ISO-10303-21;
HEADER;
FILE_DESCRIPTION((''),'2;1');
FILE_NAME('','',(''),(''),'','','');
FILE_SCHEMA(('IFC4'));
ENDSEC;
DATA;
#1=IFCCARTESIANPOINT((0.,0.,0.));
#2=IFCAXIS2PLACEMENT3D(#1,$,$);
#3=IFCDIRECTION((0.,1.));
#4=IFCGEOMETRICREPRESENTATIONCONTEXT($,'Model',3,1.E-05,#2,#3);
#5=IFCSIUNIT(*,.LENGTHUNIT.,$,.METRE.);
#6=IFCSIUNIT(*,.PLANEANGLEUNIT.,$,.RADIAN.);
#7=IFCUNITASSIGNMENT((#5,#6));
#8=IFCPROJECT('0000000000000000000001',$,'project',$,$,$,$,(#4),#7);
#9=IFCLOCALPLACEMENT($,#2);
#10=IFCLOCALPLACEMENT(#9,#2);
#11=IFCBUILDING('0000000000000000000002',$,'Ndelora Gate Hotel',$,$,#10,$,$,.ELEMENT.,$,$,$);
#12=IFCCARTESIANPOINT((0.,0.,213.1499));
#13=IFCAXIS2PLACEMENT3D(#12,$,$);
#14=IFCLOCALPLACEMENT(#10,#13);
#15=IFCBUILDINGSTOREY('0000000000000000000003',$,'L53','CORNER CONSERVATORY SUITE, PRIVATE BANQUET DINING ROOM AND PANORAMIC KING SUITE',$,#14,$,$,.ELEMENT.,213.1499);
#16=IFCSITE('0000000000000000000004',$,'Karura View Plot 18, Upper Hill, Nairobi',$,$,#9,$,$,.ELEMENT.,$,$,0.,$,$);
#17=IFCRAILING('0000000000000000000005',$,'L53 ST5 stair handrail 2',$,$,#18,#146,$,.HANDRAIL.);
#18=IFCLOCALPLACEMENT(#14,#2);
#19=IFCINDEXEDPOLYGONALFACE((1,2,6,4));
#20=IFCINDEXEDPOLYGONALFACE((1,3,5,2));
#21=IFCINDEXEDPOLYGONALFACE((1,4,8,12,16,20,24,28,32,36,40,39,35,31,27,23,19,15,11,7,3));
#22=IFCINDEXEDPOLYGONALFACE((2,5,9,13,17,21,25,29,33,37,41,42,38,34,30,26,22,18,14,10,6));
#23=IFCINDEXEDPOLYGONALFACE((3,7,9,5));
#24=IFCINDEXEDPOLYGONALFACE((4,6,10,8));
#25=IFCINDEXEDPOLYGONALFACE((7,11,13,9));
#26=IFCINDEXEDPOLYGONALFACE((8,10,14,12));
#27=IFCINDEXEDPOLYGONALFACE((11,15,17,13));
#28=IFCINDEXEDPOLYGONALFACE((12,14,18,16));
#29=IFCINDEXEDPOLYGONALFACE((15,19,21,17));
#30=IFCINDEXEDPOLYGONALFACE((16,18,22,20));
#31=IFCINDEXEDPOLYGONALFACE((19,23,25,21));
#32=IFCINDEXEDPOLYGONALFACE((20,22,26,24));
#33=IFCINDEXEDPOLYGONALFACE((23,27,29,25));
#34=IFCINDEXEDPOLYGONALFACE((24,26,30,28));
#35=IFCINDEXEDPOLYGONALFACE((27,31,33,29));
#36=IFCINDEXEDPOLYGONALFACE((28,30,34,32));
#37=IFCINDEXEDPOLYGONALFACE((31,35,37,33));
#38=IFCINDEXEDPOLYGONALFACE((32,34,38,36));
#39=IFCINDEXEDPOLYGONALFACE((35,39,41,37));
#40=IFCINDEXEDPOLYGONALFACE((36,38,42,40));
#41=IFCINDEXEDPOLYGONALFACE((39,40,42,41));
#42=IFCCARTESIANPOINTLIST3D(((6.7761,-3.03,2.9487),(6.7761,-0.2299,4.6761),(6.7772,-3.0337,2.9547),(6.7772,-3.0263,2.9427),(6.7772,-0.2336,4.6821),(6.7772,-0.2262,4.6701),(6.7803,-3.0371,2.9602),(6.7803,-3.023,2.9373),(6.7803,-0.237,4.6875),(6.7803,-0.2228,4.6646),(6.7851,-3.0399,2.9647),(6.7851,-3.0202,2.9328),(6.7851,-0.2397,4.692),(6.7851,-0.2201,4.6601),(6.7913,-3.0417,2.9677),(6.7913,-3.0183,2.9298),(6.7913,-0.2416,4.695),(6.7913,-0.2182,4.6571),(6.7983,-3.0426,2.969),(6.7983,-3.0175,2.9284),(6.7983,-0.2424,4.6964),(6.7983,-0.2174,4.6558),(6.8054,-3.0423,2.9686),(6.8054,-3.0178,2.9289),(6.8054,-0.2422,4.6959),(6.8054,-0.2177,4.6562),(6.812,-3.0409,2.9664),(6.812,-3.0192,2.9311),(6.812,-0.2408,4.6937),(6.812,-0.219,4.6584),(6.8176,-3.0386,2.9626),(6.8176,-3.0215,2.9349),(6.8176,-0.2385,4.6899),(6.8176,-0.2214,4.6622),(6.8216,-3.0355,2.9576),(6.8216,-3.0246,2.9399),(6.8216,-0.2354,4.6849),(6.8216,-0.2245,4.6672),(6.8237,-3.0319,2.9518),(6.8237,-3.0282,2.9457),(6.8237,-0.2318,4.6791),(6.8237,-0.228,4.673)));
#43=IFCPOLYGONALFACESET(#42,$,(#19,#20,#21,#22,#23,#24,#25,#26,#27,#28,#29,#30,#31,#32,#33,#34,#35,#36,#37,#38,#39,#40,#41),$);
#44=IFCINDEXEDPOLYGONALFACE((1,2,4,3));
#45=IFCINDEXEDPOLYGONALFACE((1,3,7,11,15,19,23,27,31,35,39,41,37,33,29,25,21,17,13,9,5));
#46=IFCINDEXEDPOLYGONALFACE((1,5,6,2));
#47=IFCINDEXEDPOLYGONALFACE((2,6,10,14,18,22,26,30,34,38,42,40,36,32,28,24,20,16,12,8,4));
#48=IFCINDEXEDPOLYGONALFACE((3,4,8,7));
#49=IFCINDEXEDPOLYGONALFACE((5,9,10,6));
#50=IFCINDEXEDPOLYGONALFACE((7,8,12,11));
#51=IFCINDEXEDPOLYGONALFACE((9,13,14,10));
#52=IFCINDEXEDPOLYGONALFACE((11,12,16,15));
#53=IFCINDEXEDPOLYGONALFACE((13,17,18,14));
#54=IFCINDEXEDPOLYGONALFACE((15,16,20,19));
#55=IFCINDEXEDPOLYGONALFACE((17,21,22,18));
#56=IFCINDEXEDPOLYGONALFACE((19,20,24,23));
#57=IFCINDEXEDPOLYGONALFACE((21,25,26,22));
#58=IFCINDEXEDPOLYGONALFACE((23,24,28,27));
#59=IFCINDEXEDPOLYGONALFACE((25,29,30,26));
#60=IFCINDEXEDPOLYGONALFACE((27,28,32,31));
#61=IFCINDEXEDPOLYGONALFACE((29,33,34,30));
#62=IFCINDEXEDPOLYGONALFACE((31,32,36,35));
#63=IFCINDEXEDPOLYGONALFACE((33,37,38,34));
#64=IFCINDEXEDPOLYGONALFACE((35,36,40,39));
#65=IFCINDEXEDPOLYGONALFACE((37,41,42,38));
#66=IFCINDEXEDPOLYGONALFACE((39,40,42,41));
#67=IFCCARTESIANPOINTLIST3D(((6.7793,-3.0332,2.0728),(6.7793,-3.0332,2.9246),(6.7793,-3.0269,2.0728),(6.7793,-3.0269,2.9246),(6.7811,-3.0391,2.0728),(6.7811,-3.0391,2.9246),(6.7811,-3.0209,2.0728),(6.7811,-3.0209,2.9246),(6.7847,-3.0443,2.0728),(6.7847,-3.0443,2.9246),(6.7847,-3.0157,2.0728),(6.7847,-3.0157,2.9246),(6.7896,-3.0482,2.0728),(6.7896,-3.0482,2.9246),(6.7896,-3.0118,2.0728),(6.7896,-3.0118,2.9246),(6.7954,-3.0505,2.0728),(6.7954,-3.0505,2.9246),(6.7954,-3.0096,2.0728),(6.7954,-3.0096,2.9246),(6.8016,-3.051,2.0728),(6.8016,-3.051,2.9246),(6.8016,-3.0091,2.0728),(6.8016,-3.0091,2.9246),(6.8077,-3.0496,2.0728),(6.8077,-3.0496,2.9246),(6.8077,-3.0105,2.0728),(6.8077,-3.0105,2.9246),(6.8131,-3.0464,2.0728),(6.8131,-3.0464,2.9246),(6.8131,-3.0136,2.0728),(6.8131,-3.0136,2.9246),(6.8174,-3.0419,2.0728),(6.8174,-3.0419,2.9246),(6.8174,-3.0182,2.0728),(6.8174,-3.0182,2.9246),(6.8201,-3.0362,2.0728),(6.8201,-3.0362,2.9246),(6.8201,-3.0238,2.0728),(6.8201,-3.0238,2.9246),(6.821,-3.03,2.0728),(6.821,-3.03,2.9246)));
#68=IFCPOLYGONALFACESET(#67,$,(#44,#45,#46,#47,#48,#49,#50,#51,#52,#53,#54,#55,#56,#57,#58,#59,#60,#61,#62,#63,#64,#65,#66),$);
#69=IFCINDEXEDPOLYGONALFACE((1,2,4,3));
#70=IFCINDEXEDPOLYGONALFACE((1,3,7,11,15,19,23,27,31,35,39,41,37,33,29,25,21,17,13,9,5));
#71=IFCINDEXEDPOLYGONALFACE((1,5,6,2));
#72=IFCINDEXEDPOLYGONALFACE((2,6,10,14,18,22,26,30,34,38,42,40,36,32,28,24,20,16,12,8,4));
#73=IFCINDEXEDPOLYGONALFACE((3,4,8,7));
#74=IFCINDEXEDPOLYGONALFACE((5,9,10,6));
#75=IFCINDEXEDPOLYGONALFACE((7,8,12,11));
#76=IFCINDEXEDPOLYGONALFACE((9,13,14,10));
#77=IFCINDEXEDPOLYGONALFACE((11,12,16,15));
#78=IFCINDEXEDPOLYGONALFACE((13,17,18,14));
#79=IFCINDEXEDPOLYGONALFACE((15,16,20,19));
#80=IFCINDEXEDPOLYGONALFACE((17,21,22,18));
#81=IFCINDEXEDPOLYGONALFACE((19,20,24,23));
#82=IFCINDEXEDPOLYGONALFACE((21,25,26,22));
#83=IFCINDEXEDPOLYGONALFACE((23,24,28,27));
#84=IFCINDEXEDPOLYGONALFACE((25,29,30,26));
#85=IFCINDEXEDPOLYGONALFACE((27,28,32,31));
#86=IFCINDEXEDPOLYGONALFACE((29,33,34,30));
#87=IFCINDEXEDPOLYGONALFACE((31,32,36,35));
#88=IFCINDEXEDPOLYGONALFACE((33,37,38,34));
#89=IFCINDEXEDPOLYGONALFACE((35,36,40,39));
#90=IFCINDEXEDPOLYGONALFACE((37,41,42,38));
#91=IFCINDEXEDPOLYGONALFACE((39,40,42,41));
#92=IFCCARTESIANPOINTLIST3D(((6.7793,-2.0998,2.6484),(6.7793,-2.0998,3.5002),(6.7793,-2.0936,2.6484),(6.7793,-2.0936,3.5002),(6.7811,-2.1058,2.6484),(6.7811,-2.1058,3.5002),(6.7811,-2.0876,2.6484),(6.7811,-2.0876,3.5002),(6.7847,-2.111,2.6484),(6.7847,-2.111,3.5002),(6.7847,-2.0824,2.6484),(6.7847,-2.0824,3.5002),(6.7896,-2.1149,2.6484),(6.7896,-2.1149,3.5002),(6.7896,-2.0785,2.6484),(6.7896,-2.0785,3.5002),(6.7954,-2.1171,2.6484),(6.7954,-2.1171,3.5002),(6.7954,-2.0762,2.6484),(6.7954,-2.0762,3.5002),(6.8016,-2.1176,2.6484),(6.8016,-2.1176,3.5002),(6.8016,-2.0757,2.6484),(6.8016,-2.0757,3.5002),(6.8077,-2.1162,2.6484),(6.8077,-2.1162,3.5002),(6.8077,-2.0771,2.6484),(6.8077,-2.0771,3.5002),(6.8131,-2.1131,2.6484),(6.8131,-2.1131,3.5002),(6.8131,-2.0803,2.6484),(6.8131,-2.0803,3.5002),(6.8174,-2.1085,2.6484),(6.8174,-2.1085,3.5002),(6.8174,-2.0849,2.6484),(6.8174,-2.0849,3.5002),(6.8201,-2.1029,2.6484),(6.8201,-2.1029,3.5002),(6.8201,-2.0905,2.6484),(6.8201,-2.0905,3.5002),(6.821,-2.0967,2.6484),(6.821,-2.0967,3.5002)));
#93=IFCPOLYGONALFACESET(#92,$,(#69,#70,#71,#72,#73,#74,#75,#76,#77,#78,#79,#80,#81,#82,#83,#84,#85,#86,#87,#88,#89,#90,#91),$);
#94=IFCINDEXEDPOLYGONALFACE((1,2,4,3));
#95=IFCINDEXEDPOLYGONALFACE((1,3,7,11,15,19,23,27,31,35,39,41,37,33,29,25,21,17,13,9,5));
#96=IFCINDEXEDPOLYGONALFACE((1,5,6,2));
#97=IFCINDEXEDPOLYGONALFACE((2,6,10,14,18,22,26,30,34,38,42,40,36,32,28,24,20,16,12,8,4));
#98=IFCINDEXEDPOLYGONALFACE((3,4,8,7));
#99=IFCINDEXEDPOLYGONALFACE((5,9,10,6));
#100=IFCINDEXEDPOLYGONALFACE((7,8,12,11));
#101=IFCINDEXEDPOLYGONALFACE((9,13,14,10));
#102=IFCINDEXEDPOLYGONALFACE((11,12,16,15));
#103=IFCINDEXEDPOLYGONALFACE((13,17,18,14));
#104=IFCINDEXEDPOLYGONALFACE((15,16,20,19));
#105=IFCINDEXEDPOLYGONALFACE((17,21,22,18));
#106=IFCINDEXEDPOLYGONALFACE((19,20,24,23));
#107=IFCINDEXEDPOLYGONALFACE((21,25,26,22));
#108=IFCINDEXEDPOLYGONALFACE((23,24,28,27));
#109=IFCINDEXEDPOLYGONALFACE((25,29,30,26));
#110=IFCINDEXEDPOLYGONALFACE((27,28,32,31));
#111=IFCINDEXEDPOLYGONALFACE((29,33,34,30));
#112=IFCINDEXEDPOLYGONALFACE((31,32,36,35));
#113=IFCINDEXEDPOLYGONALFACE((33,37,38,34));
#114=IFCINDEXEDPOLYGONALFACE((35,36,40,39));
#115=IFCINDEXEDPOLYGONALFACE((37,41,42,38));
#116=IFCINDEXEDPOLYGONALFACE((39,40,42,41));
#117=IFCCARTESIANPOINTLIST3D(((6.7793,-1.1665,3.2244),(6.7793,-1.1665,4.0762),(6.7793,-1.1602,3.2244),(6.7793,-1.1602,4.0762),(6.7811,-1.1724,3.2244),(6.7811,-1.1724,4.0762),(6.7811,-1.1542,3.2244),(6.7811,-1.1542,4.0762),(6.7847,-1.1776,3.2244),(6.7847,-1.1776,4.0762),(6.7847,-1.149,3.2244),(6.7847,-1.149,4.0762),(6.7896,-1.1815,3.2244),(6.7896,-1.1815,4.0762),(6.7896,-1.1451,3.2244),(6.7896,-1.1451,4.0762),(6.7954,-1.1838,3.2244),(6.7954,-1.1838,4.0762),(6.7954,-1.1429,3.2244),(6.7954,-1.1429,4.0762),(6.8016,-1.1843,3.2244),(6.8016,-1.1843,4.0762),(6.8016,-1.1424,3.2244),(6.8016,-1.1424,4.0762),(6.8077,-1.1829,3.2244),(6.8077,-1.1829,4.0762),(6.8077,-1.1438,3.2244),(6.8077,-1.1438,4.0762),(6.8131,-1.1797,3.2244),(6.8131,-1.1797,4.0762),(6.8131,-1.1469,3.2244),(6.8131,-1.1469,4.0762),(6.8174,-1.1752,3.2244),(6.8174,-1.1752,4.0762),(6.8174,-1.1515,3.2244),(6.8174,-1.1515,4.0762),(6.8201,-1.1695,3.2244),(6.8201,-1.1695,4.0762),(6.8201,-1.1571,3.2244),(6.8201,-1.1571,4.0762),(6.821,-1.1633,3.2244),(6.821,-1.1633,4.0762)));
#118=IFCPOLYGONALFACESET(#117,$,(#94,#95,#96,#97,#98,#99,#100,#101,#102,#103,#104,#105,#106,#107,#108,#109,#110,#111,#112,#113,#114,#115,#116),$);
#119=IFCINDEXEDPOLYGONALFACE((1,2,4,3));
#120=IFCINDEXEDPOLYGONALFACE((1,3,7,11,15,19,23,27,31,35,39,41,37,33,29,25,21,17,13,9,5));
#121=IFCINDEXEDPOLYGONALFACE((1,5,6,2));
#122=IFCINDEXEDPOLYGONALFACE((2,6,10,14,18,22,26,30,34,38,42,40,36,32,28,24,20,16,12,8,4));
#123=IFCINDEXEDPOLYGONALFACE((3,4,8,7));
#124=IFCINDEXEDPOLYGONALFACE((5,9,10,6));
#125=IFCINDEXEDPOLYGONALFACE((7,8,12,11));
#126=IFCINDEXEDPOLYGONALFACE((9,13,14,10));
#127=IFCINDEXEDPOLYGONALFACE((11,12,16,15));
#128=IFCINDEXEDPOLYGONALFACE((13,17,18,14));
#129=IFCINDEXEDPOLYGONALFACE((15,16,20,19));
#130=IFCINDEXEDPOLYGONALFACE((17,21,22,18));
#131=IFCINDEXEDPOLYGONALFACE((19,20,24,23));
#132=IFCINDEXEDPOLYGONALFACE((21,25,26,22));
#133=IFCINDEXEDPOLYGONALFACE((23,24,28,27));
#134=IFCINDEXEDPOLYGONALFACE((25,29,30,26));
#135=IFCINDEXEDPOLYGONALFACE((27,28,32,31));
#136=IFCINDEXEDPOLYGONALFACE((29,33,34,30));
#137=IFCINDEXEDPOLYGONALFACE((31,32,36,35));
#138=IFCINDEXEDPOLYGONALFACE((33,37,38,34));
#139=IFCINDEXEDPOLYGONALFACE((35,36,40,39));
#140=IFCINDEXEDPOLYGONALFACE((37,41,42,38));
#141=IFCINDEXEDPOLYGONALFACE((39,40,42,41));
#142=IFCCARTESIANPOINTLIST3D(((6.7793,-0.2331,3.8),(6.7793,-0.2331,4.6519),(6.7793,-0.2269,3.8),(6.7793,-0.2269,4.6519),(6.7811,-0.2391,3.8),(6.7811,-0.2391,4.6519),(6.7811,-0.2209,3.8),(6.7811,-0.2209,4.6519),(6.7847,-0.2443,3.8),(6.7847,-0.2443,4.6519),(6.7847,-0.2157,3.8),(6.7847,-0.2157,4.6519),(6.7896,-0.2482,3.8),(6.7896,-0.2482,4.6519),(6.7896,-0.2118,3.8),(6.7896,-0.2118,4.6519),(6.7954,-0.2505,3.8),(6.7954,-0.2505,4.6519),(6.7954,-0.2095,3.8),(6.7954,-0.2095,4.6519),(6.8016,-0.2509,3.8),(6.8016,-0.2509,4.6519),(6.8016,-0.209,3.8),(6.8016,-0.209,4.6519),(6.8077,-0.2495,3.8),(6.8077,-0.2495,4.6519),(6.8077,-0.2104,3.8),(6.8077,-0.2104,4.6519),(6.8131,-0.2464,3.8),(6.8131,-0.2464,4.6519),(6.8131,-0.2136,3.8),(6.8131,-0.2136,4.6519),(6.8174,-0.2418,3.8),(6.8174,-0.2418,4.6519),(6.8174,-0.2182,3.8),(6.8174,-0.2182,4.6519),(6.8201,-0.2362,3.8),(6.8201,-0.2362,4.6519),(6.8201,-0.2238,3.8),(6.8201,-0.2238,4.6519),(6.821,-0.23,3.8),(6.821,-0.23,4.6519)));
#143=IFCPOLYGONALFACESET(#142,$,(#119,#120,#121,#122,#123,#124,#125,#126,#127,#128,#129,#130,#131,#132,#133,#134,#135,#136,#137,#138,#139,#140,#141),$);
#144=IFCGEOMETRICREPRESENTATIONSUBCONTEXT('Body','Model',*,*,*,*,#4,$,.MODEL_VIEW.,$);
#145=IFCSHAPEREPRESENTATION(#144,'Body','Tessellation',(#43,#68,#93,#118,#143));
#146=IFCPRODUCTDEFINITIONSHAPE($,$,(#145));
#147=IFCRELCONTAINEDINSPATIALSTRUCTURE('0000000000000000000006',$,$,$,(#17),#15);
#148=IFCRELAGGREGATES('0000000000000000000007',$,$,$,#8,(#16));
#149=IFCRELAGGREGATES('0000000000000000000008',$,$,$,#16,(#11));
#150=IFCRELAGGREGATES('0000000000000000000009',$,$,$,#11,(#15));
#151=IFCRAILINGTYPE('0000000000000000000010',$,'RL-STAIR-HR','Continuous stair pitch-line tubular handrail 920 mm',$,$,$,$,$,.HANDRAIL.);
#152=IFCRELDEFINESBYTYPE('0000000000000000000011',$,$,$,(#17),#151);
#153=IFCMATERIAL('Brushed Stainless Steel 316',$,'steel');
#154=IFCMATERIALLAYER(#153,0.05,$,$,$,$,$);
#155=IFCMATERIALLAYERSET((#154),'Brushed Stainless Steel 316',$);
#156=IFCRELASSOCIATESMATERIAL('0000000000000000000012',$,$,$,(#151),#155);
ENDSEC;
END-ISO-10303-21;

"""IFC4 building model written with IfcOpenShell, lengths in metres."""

from ifc_helpers import new_model, si_unit, direction, frame, origin, origin_2d, place, context, subcontext, project, spatial, circle, extrude, material, layer, layer_set, type_object, element, save


model = new_model("IFC4")

# Units and contexts
model_context = context("Model", 3, precision=1e-05, world=origin(), true_north=direction((0.0, 1.0)))
body_context = subcontext(model_context, "Body", "Model", "MODEL_VIEW")
ifc_project = project(units=[si_unit("LENGTHUNIT", "METRE"), si_unit("PLANEANGLEUNIT", "RADIAN")], contexts=[model_context])

# Site, building, storey
site_placement = place(None, origin())
site = spatial("IfcSite", under=ifc_project, at=site_placement, Name="Karura View Plot 18, Upper Hill, Nairobi", CompositionType="ELEMENT", RefElevation=0.0)
building_placement = place(site_placement, origin())
building = spatial("IfcBuilding", under=site, at=building_placement, Name="Ndelora Gate Hotel", CompositionType="ELEMENT")
storey_placement = place(building_placement, frame((0.0, 0.0, 213.1499)))
storey = spatial("IfcBuildingStorey", under=building, at=storey_placement, Name="L53", Description="CORNER CONSERVATORY SUITE, PRIVATE BANQUET DINING ROOM AND PANORAMIC KING SUITE", CompositionType="ELEMENT", Elevation=213.1499)

# Railing
ifc_material_1 = material(Name="Brushed Stainless Steel 316", Category="steel")
ifc_layer_1 = layer(ifc_material_1, 0.05)
ifc_layer_set_1 = layer_set([ifc_layer_1], Name="Brushed Stainless Steel 316")
railing_type_1 = type_object("IfcRailingType", Name="RL-STAIR-HR", Description="Continuous stair pitch-line tubular handrail 920 mm", PredefinedType="HANDRAIL", material=ifc_layer_set_1)
railing_1_placement = place(storey_placement, frame((6.8, -3.03, 2.0728)))
element("IfcRailing", 1, at=railing_1_placement, inside=storey, type_object=railing_type_1, Name="L53 ST5 stair handrail 2", PredefinedType="HANDRAIL", context=body_context, shape_type="SweptSolid", body=[
    extrude(circle(Radius=0.0239, at=origin_2d()), frame((0.0, 0.0, 0.876), z_axis=(0.0, 0.85109, 0.52502), x_axis=(-1.0, 0.0, 0.0)), (0.0, 0.0, 1.0), 3.29),
    extrude(circle(Radius=0.021, at=origin_2d()), origin(), (0.0, 0.0, 1.0), 0.8518),
    extrude(circle(Radius=0.021, at=origin_2d()), frame((0.0, 0.9333, 0.5757)), (0.0, 0.0, 1.0), 0.8518),
    extrude(circle(Radius=0.021, at=origin_2d()), frame((0.0, 1.8667, 1.1516)), (0.0, 0.0, 1.0), 0.8518),
    extrude(circle(Radius=0.021, at=origin_2d()), frame((0.0, 2.8, 1.7273)), (0.0, 0.0, 1.0), 0.8518),
])

save(model, "model.ifc")
